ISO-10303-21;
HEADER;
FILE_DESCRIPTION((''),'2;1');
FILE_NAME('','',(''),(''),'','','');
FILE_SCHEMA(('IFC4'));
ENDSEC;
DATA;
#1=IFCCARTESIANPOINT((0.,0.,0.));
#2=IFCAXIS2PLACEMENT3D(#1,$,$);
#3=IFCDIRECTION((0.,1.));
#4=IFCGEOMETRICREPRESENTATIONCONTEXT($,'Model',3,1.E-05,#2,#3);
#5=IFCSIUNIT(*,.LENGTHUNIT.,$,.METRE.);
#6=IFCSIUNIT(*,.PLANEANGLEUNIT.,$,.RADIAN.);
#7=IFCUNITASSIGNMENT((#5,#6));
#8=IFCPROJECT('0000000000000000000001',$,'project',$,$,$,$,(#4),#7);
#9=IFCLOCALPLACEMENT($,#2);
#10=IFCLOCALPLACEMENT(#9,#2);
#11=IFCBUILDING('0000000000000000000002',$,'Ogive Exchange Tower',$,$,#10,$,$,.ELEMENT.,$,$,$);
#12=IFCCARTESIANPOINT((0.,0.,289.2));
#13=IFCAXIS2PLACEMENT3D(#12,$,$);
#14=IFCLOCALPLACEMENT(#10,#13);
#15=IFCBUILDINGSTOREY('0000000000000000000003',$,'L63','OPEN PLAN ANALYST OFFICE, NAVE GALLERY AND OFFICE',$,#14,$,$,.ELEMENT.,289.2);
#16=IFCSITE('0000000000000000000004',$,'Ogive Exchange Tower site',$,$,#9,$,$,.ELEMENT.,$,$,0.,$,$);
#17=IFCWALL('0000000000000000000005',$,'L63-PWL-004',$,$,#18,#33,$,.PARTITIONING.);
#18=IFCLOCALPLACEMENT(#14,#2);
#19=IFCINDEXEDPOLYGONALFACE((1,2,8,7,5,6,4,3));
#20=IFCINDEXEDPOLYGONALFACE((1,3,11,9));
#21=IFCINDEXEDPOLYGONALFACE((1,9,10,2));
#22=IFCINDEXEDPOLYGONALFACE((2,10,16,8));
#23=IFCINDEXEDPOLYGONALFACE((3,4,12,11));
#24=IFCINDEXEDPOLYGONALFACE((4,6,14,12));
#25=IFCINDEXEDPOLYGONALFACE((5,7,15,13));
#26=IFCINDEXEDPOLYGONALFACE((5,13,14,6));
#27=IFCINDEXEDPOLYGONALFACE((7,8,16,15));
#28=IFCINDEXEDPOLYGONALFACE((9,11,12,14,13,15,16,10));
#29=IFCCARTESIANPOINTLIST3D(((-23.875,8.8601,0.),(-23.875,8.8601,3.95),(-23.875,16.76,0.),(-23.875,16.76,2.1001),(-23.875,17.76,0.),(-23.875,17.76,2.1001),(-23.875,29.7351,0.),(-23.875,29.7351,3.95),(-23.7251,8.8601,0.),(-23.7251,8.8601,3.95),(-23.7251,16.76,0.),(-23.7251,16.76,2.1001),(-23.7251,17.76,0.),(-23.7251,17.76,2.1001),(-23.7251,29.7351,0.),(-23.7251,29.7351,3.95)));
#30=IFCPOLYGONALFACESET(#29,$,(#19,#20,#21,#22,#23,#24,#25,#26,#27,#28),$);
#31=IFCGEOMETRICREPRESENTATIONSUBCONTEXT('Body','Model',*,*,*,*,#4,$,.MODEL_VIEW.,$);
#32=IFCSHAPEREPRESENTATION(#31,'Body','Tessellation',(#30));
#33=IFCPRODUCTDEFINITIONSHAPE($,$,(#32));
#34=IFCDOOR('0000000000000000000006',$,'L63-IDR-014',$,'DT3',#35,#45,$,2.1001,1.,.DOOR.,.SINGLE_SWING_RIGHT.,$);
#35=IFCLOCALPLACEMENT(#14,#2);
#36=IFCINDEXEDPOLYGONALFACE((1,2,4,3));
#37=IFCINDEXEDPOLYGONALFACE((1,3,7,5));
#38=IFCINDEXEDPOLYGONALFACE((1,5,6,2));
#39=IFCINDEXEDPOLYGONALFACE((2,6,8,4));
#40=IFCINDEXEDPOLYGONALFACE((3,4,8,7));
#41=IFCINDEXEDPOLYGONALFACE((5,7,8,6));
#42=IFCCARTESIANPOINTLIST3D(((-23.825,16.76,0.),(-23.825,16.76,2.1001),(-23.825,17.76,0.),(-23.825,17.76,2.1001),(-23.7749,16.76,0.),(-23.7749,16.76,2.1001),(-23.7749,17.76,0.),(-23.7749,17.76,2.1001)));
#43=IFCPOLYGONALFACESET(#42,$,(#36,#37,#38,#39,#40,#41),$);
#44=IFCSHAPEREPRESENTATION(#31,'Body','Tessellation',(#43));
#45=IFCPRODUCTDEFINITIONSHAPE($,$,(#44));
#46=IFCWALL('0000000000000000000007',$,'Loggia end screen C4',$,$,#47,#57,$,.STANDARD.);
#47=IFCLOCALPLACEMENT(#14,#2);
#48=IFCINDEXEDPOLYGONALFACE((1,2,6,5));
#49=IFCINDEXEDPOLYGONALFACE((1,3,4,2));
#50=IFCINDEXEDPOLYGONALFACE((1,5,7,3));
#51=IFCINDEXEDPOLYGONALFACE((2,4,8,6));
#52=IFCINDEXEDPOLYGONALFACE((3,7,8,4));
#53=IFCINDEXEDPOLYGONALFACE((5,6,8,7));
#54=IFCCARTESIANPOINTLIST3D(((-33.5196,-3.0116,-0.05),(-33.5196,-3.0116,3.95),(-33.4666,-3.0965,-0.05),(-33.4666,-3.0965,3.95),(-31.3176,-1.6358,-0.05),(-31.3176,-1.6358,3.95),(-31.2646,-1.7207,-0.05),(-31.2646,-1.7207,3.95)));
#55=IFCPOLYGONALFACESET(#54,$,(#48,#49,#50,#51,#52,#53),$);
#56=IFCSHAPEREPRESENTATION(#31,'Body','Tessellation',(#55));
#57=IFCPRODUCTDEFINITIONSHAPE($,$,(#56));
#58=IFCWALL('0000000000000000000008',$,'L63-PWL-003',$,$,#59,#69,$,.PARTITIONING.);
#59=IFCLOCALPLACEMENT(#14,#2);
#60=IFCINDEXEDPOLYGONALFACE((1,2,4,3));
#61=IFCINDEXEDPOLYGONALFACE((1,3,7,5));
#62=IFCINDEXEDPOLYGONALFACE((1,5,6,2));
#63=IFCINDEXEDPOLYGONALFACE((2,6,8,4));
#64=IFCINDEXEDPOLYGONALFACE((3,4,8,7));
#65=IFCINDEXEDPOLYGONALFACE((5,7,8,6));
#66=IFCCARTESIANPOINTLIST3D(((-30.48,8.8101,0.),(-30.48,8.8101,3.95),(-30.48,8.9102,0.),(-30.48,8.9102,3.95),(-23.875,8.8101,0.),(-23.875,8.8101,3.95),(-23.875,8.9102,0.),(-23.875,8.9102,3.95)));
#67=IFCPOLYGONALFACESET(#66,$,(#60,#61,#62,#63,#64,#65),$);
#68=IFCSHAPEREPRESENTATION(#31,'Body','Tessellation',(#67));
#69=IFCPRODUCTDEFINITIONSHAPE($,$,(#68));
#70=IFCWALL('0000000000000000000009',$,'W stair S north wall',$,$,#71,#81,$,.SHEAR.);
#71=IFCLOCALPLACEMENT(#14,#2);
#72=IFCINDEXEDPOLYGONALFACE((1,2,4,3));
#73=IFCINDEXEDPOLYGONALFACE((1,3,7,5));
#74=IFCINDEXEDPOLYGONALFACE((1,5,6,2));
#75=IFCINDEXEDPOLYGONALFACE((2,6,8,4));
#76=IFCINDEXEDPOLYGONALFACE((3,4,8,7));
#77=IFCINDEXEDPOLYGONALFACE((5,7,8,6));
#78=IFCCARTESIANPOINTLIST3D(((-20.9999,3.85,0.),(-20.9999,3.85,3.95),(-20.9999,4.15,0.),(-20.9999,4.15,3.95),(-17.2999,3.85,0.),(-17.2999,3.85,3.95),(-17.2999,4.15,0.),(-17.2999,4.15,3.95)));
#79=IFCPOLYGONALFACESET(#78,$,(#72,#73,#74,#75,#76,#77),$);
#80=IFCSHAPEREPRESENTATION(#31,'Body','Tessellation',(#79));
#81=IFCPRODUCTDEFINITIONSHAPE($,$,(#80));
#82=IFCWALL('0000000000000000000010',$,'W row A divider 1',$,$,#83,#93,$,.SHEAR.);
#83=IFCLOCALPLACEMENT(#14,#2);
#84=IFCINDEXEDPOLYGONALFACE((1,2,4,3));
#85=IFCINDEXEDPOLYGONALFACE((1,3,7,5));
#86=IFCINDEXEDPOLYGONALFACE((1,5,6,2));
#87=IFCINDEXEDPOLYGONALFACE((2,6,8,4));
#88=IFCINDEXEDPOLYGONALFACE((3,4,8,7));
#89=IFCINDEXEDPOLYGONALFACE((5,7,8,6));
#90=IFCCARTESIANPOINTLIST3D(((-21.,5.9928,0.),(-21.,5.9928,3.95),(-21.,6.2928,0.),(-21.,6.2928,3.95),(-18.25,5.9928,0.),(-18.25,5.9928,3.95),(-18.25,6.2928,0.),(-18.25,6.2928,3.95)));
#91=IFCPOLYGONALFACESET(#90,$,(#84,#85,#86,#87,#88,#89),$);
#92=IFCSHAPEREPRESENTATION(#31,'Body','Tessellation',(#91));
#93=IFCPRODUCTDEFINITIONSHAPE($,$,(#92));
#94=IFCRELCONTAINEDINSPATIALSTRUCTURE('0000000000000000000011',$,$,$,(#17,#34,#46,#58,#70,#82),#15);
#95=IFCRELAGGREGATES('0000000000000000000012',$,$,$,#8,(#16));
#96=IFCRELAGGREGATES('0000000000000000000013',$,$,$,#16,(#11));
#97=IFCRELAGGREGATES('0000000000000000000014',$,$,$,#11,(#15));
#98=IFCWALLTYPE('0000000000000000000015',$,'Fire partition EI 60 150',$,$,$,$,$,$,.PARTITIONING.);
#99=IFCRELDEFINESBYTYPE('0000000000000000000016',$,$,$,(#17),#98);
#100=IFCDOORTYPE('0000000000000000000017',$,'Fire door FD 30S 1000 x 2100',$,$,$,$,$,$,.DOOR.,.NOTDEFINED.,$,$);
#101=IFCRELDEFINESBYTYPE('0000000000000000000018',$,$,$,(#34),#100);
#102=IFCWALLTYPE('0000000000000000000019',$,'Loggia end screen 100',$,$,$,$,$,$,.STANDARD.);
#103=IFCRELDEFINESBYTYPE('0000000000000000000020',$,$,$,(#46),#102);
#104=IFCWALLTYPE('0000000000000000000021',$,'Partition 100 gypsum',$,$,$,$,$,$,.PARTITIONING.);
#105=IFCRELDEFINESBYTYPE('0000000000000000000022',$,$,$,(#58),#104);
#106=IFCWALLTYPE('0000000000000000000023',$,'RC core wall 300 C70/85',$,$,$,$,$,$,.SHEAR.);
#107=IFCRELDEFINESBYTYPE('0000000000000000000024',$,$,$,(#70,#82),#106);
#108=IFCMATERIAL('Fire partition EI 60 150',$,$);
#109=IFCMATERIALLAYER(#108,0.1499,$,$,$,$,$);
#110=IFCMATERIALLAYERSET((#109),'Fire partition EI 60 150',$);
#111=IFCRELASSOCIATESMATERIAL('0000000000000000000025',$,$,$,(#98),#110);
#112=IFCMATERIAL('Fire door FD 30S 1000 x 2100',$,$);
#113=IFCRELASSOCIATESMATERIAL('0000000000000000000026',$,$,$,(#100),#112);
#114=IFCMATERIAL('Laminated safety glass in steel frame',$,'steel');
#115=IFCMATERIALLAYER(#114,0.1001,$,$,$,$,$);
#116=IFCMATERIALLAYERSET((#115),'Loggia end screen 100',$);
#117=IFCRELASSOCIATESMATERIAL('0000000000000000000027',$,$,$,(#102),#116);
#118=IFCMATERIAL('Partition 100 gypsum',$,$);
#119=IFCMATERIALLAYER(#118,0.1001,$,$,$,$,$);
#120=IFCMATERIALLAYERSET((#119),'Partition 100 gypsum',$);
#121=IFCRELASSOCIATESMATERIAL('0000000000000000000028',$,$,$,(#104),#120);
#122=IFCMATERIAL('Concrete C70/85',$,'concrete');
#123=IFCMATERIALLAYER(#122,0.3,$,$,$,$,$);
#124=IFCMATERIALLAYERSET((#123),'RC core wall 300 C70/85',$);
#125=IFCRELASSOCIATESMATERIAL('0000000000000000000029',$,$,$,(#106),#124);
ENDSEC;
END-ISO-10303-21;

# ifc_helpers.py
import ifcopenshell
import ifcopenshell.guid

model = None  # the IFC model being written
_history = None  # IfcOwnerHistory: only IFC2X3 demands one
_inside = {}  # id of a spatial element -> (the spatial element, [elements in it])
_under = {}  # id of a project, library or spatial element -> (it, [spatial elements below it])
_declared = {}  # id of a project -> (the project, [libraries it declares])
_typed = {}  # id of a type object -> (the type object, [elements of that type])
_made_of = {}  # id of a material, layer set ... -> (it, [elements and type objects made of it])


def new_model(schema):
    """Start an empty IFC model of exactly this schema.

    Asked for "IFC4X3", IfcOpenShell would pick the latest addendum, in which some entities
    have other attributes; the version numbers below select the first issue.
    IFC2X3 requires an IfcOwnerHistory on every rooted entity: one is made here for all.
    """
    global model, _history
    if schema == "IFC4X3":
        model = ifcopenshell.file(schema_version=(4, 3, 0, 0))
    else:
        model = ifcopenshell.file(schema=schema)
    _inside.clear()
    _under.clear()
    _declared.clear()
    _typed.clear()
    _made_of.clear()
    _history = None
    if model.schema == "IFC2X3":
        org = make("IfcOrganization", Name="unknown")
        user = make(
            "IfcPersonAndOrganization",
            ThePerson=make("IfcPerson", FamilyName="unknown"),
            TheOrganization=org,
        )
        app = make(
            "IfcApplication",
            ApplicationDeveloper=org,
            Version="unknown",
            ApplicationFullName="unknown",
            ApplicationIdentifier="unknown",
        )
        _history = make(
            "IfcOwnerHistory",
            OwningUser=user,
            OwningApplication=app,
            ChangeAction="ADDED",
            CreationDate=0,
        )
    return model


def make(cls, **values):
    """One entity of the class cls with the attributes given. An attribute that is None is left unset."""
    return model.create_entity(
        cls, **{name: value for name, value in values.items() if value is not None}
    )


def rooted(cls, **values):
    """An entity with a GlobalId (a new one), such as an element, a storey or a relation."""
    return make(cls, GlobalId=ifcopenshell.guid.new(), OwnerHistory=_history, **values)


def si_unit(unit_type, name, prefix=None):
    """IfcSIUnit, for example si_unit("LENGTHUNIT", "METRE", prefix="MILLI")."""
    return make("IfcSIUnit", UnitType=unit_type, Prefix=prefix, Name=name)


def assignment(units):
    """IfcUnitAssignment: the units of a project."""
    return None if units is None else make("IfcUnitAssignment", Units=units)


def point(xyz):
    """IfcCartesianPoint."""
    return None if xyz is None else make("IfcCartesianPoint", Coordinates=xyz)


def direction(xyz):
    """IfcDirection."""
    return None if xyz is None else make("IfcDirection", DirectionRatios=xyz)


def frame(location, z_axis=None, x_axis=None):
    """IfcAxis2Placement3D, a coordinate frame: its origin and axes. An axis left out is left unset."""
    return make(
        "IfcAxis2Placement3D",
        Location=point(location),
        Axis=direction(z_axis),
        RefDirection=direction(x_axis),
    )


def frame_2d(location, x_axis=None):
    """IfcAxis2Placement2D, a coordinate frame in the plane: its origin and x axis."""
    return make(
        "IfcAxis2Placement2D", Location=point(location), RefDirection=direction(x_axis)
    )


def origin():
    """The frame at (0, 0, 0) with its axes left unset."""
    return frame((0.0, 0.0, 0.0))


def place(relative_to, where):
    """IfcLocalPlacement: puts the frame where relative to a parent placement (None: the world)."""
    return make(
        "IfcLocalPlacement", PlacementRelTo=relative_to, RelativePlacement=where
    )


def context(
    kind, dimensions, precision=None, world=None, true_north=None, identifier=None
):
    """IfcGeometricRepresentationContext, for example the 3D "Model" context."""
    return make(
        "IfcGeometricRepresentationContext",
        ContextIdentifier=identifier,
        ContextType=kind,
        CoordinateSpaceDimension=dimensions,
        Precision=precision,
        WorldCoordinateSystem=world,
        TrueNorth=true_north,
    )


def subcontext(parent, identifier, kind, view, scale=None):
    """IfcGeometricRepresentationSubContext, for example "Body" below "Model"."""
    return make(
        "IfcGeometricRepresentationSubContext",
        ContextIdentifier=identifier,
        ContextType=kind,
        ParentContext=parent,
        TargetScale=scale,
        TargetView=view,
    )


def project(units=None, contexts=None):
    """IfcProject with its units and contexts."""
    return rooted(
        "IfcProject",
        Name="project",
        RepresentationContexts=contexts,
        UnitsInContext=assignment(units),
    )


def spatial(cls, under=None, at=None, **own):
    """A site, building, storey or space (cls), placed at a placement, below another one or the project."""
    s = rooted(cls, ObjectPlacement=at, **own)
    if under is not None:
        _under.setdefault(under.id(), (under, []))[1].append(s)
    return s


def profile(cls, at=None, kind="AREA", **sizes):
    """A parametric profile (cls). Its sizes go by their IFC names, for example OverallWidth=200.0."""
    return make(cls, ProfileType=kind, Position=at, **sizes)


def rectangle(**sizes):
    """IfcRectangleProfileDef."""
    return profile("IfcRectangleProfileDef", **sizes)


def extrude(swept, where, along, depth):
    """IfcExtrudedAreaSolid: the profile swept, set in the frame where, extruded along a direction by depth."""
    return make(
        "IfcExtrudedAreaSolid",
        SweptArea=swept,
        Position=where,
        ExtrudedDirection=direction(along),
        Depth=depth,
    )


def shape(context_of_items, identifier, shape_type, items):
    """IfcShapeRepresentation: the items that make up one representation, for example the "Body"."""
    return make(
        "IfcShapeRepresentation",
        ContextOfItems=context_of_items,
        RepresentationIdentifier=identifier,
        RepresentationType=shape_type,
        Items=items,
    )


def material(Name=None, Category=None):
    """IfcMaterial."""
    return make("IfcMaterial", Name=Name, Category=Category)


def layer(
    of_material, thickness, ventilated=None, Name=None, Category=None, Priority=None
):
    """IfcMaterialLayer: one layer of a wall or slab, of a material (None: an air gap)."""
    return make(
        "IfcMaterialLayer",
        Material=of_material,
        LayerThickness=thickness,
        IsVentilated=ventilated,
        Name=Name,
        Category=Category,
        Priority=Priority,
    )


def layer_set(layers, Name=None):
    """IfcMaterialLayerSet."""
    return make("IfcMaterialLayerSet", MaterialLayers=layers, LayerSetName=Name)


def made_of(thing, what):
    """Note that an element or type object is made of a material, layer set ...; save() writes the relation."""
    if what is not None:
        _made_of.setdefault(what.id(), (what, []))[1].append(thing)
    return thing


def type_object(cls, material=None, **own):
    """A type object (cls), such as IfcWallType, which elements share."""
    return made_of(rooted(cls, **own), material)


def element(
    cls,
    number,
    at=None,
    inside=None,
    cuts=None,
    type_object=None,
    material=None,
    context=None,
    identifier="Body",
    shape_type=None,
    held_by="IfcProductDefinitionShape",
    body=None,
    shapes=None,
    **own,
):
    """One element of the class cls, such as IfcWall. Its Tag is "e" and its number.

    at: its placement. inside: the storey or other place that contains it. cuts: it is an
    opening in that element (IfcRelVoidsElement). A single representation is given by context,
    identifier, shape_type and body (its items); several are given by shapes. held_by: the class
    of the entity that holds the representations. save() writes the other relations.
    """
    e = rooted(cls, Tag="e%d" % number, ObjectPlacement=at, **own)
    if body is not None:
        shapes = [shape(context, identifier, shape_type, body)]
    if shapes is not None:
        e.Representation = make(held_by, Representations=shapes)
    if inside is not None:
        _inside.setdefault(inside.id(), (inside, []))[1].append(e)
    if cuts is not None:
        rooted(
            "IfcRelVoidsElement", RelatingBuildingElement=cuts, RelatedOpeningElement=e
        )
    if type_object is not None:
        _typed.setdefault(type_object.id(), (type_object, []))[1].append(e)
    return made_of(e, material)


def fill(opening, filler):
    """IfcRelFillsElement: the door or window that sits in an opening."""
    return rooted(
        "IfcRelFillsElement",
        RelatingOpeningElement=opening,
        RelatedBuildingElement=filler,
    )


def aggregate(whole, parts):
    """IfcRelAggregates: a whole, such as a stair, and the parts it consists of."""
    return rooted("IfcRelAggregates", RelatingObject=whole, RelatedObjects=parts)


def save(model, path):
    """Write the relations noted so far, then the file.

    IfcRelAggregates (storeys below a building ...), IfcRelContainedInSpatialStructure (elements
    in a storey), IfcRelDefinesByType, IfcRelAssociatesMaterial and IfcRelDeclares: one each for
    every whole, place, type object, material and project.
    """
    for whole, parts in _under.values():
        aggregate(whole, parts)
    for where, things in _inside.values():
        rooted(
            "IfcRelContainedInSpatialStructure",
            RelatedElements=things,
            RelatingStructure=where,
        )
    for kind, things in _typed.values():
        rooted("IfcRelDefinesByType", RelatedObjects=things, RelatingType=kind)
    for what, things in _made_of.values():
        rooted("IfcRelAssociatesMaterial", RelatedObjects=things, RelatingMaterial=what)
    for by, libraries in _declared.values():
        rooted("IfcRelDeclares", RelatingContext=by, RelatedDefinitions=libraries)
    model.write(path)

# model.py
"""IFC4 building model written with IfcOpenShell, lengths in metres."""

from ifc_helpers import new_model, si_unit, direction, frame, frame_2d, origin, place, context, subcontext, project, spatial, rectangle, extrude, material, layer, layer_set, type_object, element, fill, save


model = new_model("IFC4")

# Units and contexts
model_context = context("Model", 3, precision=1e-05, world=origin(), true_north=direction((0.0, 1.0)))
body_context = subcontext(model_context, "Body", "Model", "MODEL_VIEW")
ifc_project = project(units=[si_unit("LENGTHUNIT", "METRE"), si_unit("PLANEANGLEUNIT", "RADIAN")], contexts=[model_context])

# Site, building, storey
site_placement = place(None, origin())
site = spatial("IfcSite", under=ifc_project, at=site_placement, Name="Ogive Exchange Tower site", CompositionType="ELEMENT", RefElevation=0.0)
building_placement = place(site_placement, origin())
building = spatial("IfcBuilding", under=site, at=building_placement, Name="Ogive Exchange Tower", CompositionType="ELEMENT")
storey_placement = place(building_placement, frame((0.0, 0.0, 289.2)))
storey = spatial("IfcBuildingStorey", under=building, at=storey_placement, Name="L63", Description="OPEN PLAN ANALYST OFFICE, NAVE GALLERY AND OFFICE", CompositionType="ELEMENT", Elevation=289.2)

# Wall, opening, door
ifc_material_1 = material(Name="Fire partition EI 60 150")
ifc_layer_1 = layer(ifc_material_1, 0.1499)
ifc_layer_set_1 = layer_set([ifc_layer_1], Name="Fire partition EI 60 150")
wall_type_1 = type_object("IfcWallType", Name="Fire partition EI 60 150", PredefinedType="PARTITIONING", material=ifc_layer_set_1)
wall_1_placement = place(storey_placement, frame((-23.8, 8.8601, 0.0), z_axis=(0.0, 0.0, 1.0), x_axis=(0.0, 1.0, 0.0)))
wall_1 = element("IfcWall", 1, at=wall_1_placement, inside=storey, type_object=wall_type_1, Name="L63-PWL-004", PredefinedType="PARTITIONING", context=body_context, shape_type="SweptSolid", body=[
    extrude(rectangle(XDim=20.875, YDim=0.1499, at=frame_2d((10.4375, 0.0))), origin(), (0.0, 0.0, 1.0), 3.95),
])
opening_placement = place(wall_1_placement, frame((7.8999, 0.0, 0.0)))
opening = element("IfcOpeningElement", 2, at=opening_placement, cuts=wall_1, PredefinedType="OPENING", context=body_context, shape_type="SweptSolid", body=[
    extrude(rectangle(XDim=1.0, YDim=2.1001, at=frame_2d((0.5, 1.05))), frame((0.0, 0.085, 0.0), z_axis=(0.0, -1.0, 0.0), x_axis=(1.0, 0.0, 0.0)), (0.0, 0.0, 1.0), 0.1699),
])
ifc_material_2 = material(Name="Fire door FD 30S 1000 x 2100")
door_type = type_object("IfcDoorType", Name="Fire door FD 30S 1000 x 2100", OperationType="NOTDEFINED", PredefinedType="DOOR", material=ifc_material_2)
door_placement = place(opening_placement, origin())
door = element("IfcDoor", 3, at=door_placement, inside=storey, type_object=door_type, Name="L63-IDR-014", ObjectType="DT3", OperationType="SINGLE_SWING_RIGHT", OverallHeight=2.1001, OverallWidth=1.0, PredefinedType="DOOR", context=body_context, shape_type="SweptSolid", body=[
    extrude(rectangle(XDim=1.0, YDim=2.1001, at=frame_2d((0.5, 1.05))), frame((0.0, 0.0249, 0.0), z_axis=(0.0, -1.0, 0.0), x_axis=(1.0, 0.0, 0.0)), (0.0, 0.0, 1.0), 0.05),
])
fill(opening, door)

# Walls
ifc_material_3 = material(Name="Laminated safety glass in steel frame", Category="steel")
ifc_layer_2 = layer(ifc_material_3, 0.1001)
ifc_layer_set_2 = layer_set([ifc_layer_2], Name="Loggia end screen 100")
wall_type_2 = type_object("IfcWallType", Name="Loggia end screen 100", PredefinedType="STANDARD", material=ifc_layer_set_2)
wall_2_placement = place(storey_placement, frame((-31.291, -1.6782, -0.05), z_axis=(0.0, 0.0, 1.0), x_axis=(-0.848078, -0.529872, 0.0)))
element("IfcWall", 4, at=wall_2_placement, inside=storey, type_object=wall_type_2, Name="Loggia end screen C4", PredefinedType="STANDARD", context=body_context, shape_type="SweptSolid", body=[
    extrude(rectangle(XDim=2.5964, YDim=0.1001, at=frame_2d((1.2983, 0.0))), origin(), (0.0, 0.0, 1.0), 4.0),
])
ifc_material_4 = material(Name="Partition 100 gypsum")
ifc_layer_3 = layer(ifc_material_4, 0.1001)
ifc_layer_set_3 = layer_set([ifc_layer_3], Name="Partition 100 gypsum")
wall_type_3 = type_object("IfcWallType", Name="Partition 100 gypsum", PredefinedType="PARTITIONING", material=ifc_layer_set_3)
wall_3_placement = place(storey_placement, frame((-23.875, 8.8601, 0.0), z_axis=(0.0, 0.0, 1.0), x_axis=(-1.0, 0.0, 0.0)))
element("IfcWall", 5, at=wall_3_placement, inside=storey, type_object=wall_type_3, Name="L63-PWL-003", PredefinedType="PARTITIONING", context=body_context, shape_type="SweptSolid", body=[
    extrude(rectangle(XDim=6.605, YDim=0.1001, at=frame_2d((3.3025, 0.0))), origin(), (0.0, 0.0, 1.0), 3.95),
])
ifc_material_5 = material(Name="Concrete C70/85", Category="concrete")
ifc_layer_4 = layer(ifc_material_5, 0.3)
ifc_layer_set_4 = layer_set([ifc_layer_4], Name="RC core wall 300 C70/85")
wall_type_4 = type_object("IfcWallType", Name="RC core wall 300 C70/85", PredefinedType="SHEAR", material=ifc_layer_set_4)
wall_4_placement = place(storey_placement, frame((-21.0, 4.0, 0.0), z_axis=(0.0, 0.0, 1.0), x_axis=(1.0, 0.0, 0.0)))
element("IfcWall", 6, at=wall_4_placement, inside=storey, type_object=wall_type_4, Name="W stair S north wall", PredefinedType="SHEAR", context=body_context, shape_type="SweptSolid", body=[
    extrude(rectangle(XDim=3.7, YDim=0.3, at=frame_2d((1.8501, 0.0))), origin(), (0.0, 0.0, 1.0), 3.95),
])
wall_5_placement = place(storey_placement, frame((-21.0, 6.1428, 0.0), z_axis=(0.0, 0.0, 1.0), x_axis=(1.0, 0.0, 0.0)))
element("IfcWall", 7, at=wall_5_placement, inside=storey, type_object=wall_type_4, Name="W row A divider 1", PredefinedType="SHEAR", context=body_context, shape_type="SweptSolid", body=[
    extrude(rectangle(XDim=2.75, YDim=0.3, at=frame_2d((1.375, 0.0))), origin(), (0.0, 0.0, 1.0), 3.95),
])

save(model, "model.ifc")
